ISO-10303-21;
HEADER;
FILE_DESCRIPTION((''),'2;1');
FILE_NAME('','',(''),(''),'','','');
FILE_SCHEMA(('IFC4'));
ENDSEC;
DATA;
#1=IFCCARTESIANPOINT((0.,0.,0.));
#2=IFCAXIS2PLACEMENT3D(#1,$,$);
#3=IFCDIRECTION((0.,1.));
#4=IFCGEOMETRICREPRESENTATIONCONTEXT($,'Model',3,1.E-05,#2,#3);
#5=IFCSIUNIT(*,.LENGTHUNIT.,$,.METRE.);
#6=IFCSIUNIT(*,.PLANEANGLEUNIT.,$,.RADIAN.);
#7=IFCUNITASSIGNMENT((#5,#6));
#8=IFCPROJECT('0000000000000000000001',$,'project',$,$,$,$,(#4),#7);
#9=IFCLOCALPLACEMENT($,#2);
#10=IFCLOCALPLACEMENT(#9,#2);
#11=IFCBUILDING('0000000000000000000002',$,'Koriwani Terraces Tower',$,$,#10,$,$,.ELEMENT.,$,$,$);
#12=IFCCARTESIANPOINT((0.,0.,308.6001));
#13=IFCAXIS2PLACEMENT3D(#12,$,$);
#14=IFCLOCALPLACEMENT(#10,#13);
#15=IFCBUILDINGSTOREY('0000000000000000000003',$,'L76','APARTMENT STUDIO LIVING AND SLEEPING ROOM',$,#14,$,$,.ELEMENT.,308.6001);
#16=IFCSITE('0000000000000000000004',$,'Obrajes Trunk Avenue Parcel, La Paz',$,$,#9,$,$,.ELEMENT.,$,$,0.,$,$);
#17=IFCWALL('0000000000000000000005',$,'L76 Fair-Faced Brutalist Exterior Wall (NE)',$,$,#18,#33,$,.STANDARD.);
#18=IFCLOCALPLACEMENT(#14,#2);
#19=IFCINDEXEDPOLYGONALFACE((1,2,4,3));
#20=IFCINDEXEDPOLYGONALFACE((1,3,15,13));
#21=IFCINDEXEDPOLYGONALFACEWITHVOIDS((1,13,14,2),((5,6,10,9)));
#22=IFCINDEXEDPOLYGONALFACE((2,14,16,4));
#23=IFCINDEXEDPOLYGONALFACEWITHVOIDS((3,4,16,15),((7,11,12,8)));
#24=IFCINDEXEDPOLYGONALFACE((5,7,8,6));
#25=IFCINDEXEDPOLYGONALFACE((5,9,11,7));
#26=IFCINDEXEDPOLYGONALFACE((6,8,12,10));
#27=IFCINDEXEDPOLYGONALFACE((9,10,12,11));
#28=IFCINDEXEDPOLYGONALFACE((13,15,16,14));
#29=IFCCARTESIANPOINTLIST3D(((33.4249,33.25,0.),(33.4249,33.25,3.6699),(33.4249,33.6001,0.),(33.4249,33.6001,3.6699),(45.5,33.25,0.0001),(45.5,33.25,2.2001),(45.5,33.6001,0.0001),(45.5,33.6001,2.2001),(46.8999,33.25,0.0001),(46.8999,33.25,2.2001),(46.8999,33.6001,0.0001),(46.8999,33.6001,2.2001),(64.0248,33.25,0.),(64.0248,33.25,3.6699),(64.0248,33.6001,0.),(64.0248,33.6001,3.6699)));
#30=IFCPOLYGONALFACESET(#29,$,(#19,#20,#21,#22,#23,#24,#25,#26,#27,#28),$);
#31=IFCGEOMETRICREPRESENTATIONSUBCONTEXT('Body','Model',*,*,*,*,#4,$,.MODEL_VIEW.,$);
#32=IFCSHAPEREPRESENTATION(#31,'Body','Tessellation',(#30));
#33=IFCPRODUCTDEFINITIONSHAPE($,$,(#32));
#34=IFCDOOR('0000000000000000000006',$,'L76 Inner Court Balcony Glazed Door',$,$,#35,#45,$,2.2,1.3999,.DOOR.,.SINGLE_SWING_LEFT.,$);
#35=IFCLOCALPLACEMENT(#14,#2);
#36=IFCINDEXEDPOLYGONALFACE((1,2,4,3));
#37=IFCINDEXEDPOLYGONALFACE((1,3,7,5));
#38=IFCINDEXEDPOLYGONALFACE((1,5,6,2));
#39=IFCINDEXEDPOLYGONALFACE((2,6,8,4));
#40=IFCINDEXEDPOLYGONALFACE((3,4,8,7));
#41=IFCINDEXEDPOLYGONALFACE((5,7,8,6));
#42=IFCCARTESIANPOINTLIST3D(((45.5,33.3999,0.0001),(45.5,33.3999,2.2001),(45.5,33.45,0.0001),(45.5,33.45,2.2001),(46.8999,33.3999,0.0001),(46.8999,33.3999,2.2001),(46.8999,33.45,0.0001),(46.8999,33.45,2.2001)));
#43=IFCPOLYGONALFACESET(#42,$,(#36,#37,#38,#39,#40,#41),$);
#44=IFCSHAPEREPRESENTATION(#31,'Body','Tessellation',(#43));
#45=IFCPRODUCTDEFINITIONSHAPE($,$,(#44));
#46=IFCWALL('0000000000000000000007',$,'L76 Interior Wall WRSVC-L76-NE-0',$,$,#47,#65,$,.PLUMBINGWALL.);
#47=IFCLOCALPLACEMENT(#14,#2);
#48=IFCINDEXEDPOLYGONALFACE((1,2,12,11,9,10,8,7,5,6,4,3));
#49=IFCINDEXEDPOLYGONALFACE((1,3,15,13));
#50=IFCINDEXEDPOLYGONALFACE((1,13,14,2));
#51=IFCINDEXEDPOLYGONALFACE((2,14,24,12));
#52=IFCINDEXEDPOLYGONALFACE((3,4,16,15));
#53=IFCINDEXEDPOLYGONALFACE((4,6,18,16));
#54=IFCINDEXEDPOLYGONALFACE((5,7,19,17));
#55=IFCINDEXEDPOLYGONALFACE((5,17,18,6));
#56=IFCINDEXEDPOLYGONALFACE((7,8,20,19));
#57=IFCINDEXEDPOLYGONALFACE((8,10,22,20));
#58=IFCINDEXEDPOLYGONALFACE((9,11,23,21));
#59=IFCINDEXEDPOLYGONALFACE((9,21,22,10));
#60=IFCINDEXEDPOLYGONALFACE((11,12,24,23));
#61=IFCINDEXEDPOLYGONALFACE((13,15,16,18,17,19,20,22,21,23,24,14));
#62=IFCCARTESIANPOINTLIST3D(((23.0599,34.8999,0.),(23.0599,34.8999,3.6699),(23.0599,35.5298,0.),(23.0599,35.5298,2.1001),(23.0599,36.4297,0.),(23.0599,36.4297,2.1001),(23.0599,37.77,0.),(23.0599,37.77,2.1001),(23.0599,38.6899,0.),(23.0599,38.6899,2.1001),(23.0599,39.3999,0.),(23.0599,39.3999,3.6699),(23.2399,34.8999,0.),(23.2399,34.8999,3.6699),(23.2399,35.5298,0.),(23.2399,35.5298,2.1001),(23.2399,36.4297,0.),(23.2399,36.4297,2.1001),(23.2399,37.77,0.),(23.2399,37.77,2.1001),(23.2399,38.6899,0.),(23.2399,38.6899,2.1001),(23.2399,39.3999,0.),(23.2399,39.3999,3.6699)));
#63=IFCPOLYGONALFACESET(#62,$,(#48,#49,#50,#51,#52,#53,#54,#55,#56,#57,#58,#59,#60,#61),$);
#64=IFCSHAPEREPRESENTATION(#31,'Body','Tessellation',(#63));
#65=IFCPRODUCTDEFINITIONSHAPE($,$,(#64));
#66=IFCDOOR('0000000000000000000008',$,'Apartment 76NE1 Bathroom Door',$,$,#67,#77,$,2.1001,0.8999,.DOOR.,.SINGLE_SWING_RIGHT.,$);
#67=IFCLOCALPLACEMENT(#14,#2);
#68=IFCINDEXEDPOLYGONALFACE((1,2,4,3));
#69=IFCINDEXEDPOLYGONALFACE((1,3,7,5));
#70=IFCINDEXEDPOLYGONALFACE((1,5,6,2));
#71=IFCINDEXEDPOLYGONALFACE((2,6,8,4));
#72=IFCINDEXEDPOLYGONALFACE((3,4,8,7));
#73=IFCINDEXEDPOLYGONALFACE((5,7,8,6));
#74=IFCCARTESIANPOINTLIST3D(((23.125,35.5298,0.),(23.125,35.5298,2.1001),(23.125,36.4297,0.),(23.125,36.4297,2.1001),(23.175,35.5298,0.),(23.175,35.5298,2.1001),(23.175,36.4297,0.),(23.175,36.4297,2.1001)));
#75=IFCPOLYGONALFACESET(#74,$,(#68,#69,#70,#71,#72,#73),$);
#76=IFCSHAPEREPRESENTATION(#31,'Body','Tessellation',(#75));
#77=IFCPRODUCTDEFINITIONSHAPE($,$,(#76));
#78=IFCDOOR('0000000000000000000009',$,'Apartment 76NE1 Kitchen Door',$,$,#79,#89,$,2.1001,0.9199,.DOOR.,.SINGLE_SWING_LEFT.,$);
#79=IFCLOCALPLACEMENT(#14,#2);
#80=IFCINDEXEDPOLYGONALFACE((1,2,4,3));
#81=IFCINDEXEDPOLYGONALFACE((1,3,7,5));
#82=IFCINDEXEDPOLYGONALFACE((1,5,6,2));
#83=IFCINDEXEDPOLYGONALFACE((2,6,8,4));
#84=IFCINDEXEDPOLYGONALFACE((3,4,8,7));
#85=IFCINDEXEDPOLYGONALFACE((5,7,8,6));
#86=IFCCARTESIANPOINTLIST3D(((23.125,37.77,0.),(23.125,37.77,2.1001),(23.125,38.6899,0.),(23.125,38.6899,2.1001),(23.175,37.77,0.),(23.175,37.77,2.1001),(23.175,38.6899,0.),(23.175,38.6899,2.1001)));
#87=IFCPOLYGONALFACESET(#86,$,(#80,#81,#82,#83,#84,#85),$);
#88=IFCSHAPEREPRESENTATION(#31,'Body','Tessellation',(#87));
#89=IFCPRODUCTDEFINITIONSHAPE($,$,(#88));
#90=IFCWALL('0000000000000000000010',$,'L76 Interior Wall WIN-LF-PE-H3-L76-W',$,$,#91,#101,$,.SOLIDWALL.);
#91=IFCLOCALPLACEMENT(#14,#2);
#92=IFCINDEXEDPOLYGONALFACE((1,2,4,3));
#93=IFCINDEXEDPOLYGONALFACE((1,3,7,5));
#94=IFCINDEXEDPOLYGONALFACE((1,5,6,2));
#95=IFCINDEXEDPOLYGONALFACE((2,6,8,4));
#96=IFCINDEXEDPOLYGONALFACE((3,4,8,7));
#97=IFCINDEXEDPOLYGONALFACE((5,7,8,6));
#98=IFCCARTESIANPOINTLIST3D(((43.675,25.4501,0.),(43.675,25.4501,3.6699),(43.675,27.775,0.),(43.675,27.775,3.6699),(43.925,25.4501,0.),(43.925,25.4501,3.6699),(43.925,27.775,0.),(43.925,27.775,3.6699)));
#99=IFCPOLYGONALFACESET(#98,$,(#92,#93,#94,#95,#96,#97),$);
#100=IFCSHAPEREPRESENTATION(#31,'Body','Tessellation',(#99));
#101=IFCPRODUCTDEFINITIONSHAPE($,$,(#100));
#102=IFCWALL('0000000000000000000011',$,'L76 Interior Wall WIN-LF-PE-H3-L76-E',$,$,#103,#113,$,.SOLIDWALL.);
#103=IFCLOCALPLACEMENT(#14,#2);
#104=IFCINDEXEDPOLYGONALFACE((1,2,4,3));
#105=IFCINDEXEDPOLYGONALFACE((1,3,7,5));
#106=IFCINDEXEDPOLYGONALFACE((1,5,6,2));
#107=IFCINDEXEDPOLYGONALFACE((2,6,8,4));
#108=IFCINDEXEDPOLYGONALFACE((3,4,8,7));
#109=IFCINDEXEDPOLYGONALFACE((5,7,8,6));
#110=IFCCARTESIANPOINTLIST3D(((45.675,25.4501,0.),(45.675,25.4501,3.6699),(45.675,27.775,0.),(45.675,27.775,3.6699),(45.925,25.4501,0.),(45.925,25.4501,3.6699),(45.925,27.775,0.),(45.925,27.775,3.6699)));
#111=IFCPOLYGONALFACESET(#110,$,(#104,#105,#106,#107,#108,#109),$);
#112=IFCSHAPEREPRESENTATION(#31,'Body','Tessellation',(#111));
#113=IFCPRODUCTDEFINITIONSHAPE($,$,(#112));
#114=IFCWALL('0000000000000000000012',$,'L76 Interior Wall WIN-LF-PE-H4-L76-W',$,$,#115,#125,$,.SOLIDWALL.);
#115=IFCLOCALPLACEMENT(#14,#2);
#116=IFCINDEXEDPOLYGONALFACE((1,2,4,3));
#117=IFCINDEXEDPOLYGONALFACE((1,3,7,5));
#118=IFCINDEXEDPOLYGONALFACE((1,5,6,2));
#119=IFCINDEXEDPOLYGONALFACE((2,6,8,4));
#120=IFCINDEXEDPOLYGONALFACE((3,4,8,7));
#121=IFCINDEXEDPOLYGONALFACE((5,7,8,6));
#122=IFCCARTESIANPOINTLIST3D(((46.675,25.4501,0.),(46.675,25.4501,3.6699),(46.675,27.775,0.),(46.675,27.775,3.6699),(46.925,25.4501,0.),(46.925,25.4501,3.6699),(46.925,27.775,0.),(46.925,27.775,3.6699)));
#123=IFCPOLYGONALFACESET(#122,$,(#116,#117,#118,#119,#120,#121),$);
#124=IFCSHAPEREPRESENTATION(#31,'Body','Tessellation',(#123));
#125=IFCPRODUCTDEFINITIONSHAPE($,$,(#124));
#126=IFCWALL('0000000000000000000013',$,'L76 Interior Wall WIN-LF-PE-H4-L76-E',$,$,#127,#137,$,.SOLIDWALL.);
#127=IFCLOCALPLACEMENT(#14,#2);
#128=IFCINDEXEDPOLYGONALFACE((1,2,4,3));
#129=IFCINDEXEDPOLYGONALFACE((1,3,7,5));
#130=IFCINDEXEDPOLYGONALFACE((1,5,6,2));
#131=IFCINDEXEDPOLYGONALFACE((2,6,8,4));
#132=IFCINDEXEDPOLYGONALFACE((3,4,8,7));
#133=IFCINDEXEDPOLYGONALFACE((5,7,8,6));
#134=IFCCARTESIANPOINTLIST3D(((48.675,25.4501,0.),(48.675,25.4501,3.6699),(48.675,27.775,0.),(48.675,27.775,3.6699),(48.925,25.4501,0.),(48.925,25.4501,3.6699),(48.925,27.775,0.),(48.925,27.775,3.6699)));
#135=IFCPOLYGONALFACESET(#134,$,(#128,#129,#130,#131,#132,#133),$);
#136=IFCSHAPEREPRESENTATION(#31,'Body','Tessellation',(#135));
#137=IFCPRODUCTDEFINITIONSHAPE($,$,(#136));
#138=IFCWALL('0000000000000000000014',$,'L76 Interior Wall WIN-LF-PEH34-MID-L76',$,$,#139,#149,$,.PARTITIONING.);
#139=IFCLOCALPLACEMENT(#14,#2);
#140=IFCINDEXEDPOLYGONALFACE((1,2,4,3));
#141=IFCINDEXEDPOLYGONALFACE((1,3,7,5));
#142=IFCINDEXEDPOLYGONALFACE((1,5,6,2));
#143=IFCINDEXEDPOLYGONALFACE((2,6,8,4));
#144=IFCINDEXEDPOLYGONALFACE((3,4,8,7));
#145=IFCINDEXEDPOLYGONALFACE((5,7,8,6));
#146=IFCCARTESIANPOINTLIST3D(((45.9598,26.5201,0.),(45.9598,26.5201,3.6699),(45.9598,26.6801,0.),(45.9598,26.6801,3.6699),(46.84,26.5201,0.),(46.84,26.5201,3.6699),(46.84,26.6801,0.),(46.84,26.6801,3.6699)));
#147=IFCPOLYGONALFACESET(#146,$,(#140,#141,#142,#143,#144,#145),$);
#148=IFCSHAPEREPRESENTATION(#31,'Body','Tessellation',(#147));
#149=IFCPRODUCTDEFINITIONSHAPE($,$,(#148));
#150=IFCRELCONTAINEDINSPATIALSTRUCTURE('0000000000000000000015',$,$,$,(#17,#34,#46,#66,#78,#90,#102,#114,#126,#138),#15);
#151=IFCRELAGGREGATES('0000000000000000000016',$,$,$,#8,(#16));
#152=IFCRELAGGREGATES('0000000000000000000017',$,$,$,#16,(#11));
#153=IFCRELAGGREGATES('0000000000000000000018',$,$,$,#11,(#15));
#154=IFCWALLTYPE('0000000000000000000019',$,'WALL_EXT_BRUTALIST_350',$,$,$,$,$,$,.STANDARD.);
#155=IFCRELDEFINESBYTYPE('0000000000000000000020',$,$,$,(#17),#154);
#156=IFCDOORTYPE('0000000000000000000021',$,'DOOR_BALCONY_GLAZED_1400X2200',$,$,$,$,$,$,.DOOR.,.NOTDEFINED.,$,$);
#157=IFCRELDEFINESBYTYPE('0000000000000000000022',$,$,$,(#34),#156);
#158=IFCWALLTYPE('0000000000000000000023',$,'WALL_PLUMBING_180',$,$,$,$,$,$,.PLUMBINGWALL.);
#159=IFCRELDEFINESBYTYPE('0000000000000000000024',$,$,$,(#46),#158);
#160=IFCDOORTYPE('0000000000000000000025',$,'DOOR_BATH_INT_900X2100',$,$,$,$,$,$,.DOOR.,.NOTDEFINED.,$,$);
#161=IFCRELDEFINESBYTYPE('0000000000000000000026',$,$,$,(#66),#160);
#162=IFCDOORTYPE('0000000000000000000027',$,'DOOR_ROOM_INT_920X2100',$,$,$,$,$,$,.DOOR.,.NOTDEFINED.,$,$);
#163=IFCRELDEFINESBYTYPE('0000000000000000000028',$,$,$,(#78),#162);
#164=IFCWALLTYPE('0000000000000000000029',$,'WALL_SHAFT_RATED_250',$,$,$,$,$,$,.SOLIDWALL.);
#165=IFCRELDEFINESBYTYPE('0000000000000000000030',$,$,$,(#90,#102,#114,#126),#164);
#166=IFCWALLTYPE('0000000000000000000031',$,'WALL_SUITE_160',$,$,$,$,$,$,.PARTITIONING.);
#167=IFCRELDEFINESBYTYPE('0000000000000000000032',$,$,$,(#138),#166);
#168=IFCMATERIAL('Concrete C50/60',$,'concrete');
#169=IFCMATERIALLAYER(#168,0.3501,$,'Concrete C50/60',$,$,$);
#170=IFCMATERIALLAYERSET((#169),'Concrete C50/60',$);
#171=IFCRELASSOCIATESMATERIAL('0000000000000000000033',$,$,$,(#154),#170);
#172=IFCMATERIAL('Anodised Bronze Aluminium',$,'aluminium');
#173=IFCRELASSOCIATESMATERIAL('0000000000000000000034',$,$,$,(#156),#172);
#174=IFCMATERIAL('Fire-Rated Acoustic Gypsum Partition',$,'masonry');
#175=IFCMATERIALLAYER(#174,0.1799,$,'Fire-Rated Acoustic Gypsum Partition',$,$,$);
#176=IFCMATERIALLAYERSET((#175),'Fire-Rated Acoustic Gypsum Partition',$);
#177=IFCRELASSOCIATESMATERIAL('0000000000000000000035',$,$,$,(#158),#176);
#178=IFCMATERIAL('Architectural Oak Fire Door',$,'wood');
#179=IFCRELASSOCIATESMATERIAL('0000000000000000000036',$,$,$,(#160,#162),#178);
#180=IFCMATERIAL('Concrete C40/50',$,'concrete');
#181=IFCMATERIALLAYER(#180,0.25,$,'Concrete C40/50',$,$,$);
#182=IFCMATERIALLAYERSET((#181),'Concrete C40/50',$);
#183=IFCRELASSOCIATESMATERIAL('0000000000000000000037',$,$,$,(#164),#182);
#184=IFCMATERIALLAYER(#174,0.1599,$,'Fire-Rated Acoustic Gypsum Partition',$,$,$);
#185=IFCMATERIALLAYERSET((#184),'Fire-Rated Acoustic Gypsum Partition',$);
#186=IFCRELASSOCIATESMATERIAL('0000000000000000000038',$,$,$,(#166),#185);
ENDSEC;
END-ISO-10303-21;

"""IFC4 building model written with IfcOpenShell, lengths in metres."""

from ifc_helpers import new_model, si_unit, direction, frame, frame_2d, origin, place, context, subcontext, project, spatial, rectangle, extrude, material, layer, layer_set, type_object, element, fill, save


model = new_model("IFC4")

# Units and contexts
model_context = context("Model", 3, precision=1e-05, world=origin(), true_north=direction((0.0, 1.0)))
body_context = subcontext(model_context, "Body", "Model", "MODEL_VIEW")
ifc_project = project(units=[si_unit("LENGTHUNIT", "METRE"), si_unit("PLANEANGLEUNIT", "RADIAN")], contexts=[model_context])

# Site, building, storey
site_placement = place(None, origin())
site = spatial("IfcSite", under=ifc_project, at=site_placement, Name="Obrajes Trunk Avenue Parcel, La Paz", CompositionType="ELEMENT", RefElevation=0.0)
building_placement = place(site_placement, origin())
building = spatial("IfcBuilding", under=site, at=building_placement, Name="Koriwani Terraces Tower", CompositionType="ELEMENT")
storey_placement = place(building_placement, frame((0.0, 0.0, 308.6001)))
storey = spatial("IfcBuildingStorey", under=building, at=storey_placement, Name="L76", Description="APARTMENT STUDIO LIVING AND SLEEPING ROOM", CompositionType="ELEMENT", Elevation=308.6001)

# Shared definitions
ifc_material_1 = material(Name="Concrete C50/60", Category="concrete")

# Shared definitions
ifc_material_2 = material(Name="Concrete C40/50", Category="concrete")

# Wall, opening, door
ifc_material_3 = material(Name="Architectural Oak Fire Door", Category="wood")
ifc_layer_1 = layer(ifc_material_1, 0.3501, Name="Concrete C50/60")
ifc_layer_set_1 = layer_set([ifc_layer_1], Name="Concrete C50/60")
wall_type_1 = type_object("IfcWallType", Name="WALL_EXT_BRUTALIST_350", PredefinedType="STANDARD", material=ifc_layer_set_1)
wall_1_placement = place(storey_placement, frame((33.425, 33.425, 0.0), z_axis=(0.0, 0.0, 1.0), x_axis=(1.0, 0.0, 0.0)))
wall_1 = element("IfcWall", 1, at=wall_1_placement, inside=storey, type_object=wall_type_1, Name="L76 Fair-Faced Brutalist Exterior Wall (NE)", PredefinedType="STANDARD", context=body_context, shape_type="SweptSolid", body=[
    extrude(rectangle(XDim=30.5999, YDim=0.3501, at=frame_2d((15.2998, 0.0))), origin(), (0.0, 0.0, 1.0), 3.6699),
])
opening_1_placement = place(wall_1_placement, frame((12.075, 0.0, 0.0)))
opening_1 = element("IfcOpeningElement", 2, at=opening_1_placement, cuts=wall_1, PredefinedType="OPENING", context=body_context, shape_type="SweptSolid", body=[
    extrude(rectangle(XDim=1.3999, YDim=2.2, at=frame_2d((0.7, 1.1001))), frame((0.0, 0.1851, 0.0), z_axis=(0.0, -1.0, 0.0), x_axis=(1.0, 0.0, 0.0)), (0.0, 0.0, 1.0), 0.3701),
])
ifc_material_4 = material(Name="Anodised Bronze Aluminium", Category="aluminium")
door_type_1 = type_object("IfcDoorType", Name="DOOR_BALCONY_GLAZED_1400X2200", OperationType="NOTDEFINED", PredefinedType="DOOR", material=ifc_material_4)
door_1_placement = place(opening_1_placement, origin())
door_1 = element("IfcDoor", 3, at=door_1_placement, inside=storey, type_object=door_type_1, Name="L76 Inner Court Balcony Glazed Door", OperationType="SINGLE_SWING_LEFT", OverallHeight=2.2, OverallWidth=1.3999, PredefinedType="DOOR", context=body_context, shape_type="SweptSolid", body=[
    extrude(rectangle(XDim=1.3999, YDim=2.2, at=frame_2d((0.7, 1.1001))), frame((0.0, 0.0249, 0.0), z_axis=(0.0, -1.0, 0.0), x_axis=(1.0, 0.0, 0.0)), (0.0, 0.0, 1.0), 0.05),
])
fill(opening_1, door_1)

# Wall, openings, doors
ifc_material_5 = material(Name="Fire-Rated Acoustic Gypsum Partition", Category="masonry")
ifc_layer_2 = layer(ifc_material_5, 0.1799, Name="Fire-Rated Acoustic Gypsum Partition")
ifc_layer_set_2 = layer_set([ifc_layer_2], Name="Fire-Rated Acoustic Gypsum Partition")
wall_type_2 = type_object("IfcWallType", Name="WALL_PLUMBING_180", PredefinedType="PLUMBINGWALL", material=ifc_layer_set_2)
wall_2_placement = place(storey_placement, frame((23.1499, 34.8999, 0.0), z_axis=(0.0, 0.0, 1.0), x_axis=(0.0, 1.0, 0.0)))
wall_2 = element("IfcWall", 4, at=wall_2_placement, inside=storey, type_object=wall_type_2, Name="L76 Interior Wall WRSVC-L76-NE-0", PredefinedType="PLUMBINGWALL", context=body_context, shape_type="SweptSolid", body=[
    extrude(rectangle(XDim=4.5, YDim=0.1799, at=frame_2d((2.25, 0.0))), origin(), (0.0, 0.0, 1.0), 3.6699),
])
opening_2_placement = place(wall_2_placement, frame((0.6299, 0.0, 0.0)))
opening_2 = element("IfcOpeningElement", 5, at=opening_2_placement, cuts=wall_2, PredefinedType="OPENING", context=body_context, shape_type="SweptSolid", body=[
    extrude(rectangle(XDim=0.8999, YDim=2.1001, at=frame_2d((0.45, 1.05))), frame((0.0, 0.1001, 0.0), z_axis=(0.0, -1.0, 0.0), x_axis=(1.0, 0.0, 0.0)), (0.0, 0.0, 1.0), 0.2),
])
opening_3_placement = place(wall_2_placement, frame((2.8701, 0.0, 0.0)))
opening_3 = element("IfcOpeningElement", 6, at=opening_3_placement, cuts=wall_2, PredefinedType="OPENING", context=body_context, shape_type="SweptSolid", body=[
    extrude(rectangle(XDim=0.9199, YDim=2.1001, at=frame_2d((0.46, 1.05))), frame((0.0, 0.1001, 0.0), z_axis=(0.0, -1.0, 0.0), x_axis=(1.0, 0.0, 0.0)), (0.0, 0.0, 1.0), 0.2),
])
door_type_2 = type_object("IfcDoorType", Name="DOOR_BATH_INT_900X2100", OperationType="NOTDEFINED", PredefinedType="DOOR", material=ifc_material_3)
door_2_placement = place(opening_2_placement, origin())
door_2 = element("IfcDoor", 7, at=door_2_placement, inside=storey, type_object=door_type_2, Name="Apartment 76NE1 Bathroom Door", OperationType="SINGLE_SWING_RIGHT", OverallHeight=2.1001, OverallWidth=0.8999, PredefinedType="DOOR", context=body_context, shape_type="SweptSolid", body=[
    extrude(rectangle(XDim=0.8999, YDim=2.1001, at=frame_2d((0.45, 1.05))), frame((0.0, 0.0249, 0.0), z_axis=(0.0, -1.0, 0.0), x_axis=(1.0, 0.0, 0.0)), (0.0, 0.0, 1.0), 0.05),
])
fill(opening_2, door_2)
door_type_3 = type_object("IfcDoorType", Name="DOOR_ROOM_INT_920X2100", OperationType="NOTDEFINED", PredefinedType="DOOR", material=ifc_material_3)
door_3_placement = place(opening_3_placement, origin())
door_3 = element("IfcDoor", 8, at=door_3_placement, inside=storey, type_object=door_type_3, Name="Apartment 76NE1 Kitchen Door", OperationType="SINGLE_SWING_LEFT", OverallHeight=2.1001, OverallWidth=0.9199, PredefinedType="DOOR", context=body_context, shape_type="SweptSolid", body=[
    extrude(rectangle(XDim=0.9199, YDim=2.1001, at=frame_2d((0.46, 1.05))), frame((0.0, 0.0249, 0.0), z_axis=(0.0, -1.0, 0.0), x_axis=(1.0, 0.0, 0.0)), (0.0, 0.0, 1.0), 0.05),
])
fill(opening_3, door_3)

# Shared definitions
ifc_layer_3 = layer(ifc_material_2, 0.25, Name="Concrete C40/50")
ifc_layer_set_3 = layer_set([ifc_layer_3], Name="Concrete C40/50")
wall_type_3 = type_object("IfcWallType", Name="WALL_SHAFT_RATED_250", PredefinedType="SOLIDWALL", material=ifc_layer_set_3)

# Walls
for number, where, z_axis, x_axis, name in (
    (9, (43.8, 25.45, 0.0), (0.0, 0.0, 1.0), (0.0, 1.0, 0.0), "L76 Interior Wall WIN-LF-PE-H3-L76-W"),
    (10, (45.8, 25.45, 0.0), (0.0, 0.0, 1.0), (0.0, 1.0, 0.0), "L76 Interior Wall WIN-LF-PE-H3-L76-E"),
):
    element("IfcWall", number, at=place(storey_placement, frame(where, z_axis=z_axis, x_axis=x_axis)), inside=storey, type_object=wall_type_3, Name=name, PredefinedType="SOLIDWALL", context=body_context, shape_type="SweptSolid", body=[
        extrude(rectangle(XDim=2.325, YDim=0.25, at=frame_2d((1.1626, 0.0))), origin(), (0.0, 0.0, 1.0), 3.6699),
    ])

# Walls
for number, where, z_axis, x_axis, name in (
    (11, (46.8, 25.45, 0.0), (0.0, 0.0, 1.0), (0.0, 1.0, 0.0), "L76 Interior Wall WIN-LF-PE-H4-L76-W"),
    (12, (48.8, 25.45, 0.0), (0.0, 0.0, 1.0), (0.0, 1.0, 0.0), "L76 Interior Wall WIN-LF-PE-H4-L76-E"),
):
    element("IfcWall", number, at=place(storey_placement, frame(where, z_axis=z_axis, x_axis=x_axis)), inside=storey, type_object=wall_type_3, Name=name, PredefinedType="SOLIDWALL", context=body_context, shape_type="SweptSolid", body=[
        extrude(rectangle(XDim=2.325, YDim=0.25, at=frame_2d((1.1626, 0.0))), origin(), (0.0, 0.0, 1.0), 3.6699),
    ])
ifc_layer_4 = layer(ifc_material_5, 0.1599, Name="Fire-Rated Acoustic Gypsum Partition")
ifc_layer_set_4 = layer_set([ifc_layer_4], Name="Fire-Rated Acoustic Gypsum Partition")
wall_type_4 = type_object("IfcWallType", Name="WALL_SUITE_160", PredefinedType="PARTITIONING", material=ifc_layer_set_4)
wall_3_placement = place(storey_placement, frame((45.96, 26.6001, 0.0), z_axis=(0.0, 0.0, 1.0), x_axis=(1.0, 0.0, 0.0)))
element("IfcWall", 13, at=wall_3_placement, inside=storey, type_object=wall_type_4, Name="L76 Interior Wall WIN-LF-PEH34-MID-L76", PredefinedType="PARTITIONING", context=body_context, shape_type="SweptSolid", body=[
    extrude(rectangle(XDim=0.8801, YDim=0.1599, at=frame_2d((0.4399, 0.0))), origin(), (0.0, 0.0, 1.0), 3.6699),
])

save(model, "model.ifc")
